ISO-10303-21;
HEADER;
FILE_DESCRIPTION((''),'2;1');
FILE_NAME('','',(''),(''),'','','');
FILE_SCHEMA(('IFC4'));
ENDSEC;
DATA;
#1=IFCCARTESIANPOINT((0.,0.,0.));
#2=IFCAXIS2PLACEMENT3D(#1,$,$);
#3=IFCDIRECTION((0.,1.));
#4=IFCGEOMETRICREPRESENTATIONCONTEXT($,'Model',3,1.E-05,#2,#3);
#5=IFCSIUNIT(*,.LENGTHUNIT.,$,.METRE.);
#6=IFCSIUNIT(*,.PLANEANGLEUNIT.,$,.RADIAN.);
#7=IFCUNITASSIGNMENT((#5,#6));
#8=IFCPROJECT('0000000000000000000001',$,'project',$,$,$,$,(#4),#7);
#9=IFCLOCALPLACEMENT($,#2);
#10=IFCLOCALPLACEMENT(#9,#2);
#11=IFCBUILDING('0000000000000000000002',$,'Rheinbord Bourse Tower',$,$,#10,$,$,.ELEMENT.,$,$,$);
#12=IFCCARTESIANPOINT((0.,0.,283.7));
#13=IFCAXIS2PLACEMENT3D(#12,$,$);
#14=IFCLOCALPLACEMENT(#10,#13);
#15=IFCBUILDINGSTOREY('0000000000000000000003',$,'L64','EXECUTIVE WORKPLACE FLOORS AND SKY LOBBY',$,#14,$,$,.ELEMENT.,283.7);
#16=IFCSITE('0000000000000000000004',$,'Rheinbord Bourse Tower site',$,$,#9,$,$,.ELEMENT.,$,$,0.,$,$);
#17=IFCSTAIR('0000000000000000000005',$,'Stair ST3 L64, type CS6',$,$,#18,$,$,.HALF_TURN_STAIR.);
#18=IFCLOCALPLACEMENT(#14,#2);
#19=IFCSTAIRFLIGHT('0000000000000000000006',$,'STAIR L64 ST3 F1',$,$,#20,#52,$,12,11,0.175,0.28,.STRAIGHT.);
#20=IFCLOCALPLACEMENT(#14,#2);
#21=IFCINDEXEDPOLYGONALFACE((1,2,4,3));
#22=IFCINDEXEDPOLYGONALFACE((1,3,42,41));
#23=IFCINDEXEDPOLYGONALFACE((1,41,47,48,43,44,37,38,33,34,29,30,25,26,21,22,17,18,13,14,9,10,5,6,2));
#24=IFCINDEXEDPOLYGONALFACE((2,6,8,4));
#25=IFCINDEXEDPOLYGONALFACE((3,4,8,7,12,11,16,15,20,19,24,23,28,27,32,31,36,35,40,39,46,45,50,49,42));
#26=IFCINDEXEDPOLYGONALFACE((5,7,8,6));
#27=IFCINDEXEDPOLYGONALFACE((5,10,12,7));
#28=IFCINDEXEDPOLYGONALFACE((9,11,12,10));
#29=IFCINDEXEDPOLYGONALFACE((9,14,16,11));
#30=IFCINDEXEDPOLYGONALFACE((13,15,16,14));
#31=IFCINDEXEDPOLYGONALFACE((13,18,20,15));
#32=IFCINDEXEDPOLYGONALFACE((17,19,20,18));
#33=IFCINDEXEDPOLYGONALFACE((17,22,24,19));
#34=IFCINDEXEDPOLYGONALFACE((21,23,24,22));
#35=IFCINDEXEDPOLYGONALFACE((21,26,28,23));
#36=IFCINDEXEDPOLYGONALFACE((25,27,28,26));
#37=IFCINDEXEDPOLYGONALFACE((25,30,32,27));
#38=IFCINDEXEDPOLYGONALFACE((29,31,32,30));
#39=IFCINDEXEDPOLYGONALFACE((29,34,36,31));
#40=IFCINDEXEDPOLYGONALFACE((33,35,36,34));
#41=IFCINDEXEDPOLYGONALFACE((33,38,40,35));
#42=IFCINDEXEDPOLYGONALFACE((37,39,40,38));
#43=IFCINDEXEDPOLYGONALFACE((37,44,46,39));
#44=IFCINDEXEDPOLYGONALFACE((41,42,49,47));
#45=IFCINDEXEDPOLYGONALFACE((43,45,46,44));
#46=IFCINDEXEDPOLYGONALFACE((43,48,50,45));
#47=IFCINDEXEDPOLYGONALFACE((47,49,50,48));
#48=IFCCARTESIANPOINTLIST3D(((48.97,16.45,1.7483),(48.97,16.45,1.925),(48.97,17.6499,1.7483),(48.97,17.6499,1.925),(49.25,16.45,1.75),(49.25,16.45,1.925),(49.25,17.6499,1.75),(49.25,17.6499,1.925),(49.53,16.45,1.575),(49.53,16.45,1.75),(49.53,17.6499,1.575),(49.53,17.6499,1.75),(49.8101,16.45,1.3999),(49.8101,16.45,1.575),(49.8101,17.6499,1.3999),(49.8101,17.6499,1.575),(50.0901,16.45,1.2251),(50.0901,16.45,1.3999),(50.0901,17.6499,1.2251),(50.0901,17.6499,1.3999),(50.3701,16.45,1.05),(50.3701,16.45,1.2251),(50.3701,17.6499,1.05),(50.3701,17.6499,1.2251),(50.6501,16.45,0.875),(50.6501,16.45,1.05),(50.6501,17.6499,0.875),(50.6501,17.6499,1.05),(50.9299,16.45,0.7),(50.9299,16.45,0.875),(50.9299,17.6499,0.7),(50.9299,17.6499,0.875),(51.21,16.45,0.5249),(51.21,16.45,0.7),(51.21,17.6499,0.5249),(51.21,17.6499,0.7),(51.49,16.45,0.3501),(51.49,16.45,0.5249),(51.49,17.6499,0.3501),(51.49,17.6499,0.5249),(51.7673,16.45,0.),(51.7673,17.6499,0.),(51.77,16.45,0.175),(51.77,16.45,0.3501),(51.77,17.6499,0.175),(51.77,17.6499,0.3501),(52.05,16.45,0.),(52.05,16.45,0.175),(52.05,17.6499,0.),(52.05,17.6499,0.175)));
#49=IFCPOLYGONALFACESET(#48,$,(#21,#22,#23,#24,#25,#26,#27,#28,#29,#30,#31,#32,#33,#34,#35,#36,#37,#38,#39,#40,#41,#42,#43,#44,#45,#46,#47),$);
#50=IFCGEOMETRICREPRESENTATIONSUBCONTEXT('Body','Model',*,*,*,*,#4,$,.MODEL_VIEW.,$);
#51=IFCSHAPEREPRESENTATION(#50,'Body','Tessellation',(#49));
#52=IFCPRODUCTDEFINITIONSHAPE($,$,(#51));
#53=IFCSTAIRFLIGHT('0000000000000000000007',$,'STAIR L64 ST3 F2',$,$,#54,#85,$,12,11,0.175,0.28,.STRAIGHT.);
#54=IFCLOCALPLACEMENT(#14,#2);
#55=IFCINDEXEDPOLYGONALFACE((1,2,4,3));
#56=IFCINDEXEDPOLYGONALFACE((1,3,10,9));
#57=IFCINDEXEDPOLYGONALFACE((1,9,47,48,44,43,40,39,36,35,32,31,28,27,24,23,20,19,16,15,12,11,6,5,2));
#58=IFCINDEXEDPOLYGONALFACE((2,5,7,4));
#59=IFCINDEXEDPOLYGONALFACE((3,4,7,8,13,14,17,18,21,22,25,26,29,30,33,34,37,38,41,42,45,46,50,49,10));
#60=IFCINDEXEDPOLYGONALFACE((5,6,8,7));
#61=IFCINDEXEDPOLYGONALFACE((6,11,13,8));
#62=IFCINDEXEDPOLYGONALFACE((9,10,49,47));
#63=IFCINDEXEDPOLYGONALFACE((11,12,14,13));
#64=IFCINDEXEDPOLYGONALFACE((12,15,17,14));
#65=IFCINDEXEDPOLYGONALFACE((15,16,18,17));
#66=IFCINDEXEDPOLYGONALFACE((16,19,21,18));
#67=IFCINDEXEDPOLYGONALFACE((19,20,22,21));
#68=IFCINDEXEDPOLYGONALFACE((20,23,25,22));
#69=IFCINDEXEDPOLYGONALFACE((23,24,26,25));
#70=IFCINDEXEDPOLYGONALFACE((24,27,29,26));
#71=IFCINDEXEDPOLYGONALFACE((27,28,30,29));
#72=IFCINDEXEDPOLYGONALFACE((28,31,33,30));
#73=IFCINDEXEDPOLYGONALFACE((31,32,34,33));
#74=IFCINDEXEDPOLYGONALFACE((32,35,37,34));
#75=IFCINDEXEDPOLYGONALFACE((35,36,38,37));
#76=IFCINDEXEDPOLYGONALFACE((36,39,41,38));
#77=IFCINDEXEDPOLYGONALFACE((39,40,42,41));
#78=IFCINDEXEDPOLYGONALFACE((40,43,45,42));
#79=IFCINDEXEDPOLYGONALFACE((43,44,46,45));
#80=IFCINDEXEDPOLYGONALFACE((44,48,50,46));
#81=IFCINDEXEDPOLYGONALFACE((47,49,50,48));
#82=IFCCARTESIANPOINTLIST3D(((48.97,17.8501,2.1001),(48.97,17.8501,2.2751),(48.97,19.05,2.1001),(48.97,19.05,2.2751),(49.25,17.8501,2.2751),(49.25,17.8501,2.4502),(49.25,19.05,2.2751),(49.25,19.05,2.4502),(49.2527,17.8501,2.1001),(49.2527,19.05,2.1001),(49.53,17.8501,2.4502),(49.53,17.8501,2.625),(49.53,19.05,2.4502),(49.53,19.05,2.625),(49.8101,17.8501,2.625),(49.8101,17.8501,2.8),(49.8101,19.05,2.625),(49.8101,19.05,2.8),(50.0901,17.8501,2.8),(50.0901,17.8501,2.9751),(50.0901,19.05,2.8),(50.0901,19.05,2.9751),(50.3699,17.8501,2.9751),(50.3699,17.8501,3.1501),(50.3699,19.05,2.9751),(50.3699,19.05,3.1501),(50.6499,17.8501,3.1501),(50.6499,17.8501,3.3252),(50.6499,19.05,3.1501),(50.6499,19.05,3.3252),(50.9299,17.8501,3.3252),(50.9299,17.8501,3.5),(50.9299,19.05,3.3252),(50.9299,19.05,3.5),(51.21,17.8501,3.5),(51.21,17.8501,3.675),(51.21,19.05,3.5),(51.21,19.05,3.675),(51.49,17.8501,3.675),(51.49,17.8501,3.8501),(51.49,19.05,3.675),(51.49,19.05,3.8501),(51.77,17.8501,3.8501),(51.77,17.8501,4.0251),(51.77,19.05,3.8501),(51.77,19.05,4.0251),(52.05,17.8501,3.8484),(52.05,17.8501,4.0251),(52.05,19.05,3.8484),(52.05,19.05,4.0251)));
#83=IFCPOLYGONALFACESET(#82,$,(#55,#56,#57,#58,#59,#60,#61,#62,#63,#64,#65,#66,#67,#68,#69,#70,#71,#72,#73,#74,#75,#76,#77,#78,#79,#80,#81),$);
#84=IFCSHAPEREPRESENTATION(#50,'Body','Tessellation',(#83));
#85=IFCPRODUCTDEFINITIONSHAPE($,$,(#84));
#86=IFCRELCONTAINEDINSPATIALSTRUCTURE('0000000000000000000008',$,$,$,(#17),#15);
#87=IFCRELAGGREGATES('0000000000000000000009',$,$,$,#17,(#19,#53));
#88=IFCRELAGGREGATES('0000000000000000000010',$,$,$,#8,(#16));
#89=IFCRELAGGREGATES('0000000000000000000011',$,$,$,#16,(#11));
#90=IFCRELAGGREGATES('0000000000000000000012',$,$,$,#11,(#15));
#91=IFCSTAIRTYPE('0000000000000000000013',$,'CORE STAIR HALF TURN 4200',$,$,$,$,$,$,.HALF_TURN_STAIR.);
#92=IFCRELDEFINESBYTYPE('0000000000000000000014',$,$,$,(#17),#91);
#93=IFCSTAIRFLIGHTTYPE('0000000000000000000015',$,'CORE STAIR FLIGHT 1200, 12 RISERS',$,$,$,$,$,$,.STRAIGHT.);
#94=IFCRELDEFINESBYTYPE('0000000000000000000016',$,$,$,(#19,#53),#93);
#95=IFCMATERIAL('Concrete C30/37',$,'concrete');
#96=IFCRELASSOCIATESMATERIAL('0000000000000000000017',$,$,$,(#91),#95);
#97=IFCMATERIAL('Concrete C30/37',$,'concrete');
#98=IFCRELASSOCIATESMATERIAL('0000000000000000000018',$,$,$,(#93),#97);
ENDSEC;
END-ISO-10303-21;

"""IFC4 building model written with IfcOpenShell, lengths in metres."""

from ifc_helpers import new_model, si_unit, direction, frame, origin, place, context, subcontext, project, spatial, polyline, outline, extrude, material, type_object, element, aggregate, save


model = new_model("IFC4")

# Units and contexts
model_context = context("Model", 3, precision=1e-05, world=origin(), true_north=direction((0.0, 1.0)))
body_context = subcontext(model_context, "Body", "Model", "MODEL_VIEW")
ifc_project = project(units=[si_unit("LENGTHUNIT", "METRE"), si_unit("PLANEANGLEUNIT", "RADIAN")], contexts=[model_context])

# Site, building, storey
site_placement = place(None, origin())
site = spatial("IfcSite", under=ifc_project, at=site_placement, Name="Rheinbord Bourse Tower site", CompositionType="ELEMENT", RefElevation=0.0)
building_placement = place(site_placement, origin())
building = spatial("IfcBuilding", under=site, at=building_placement, Name="Rheinbord Bourse Tower", CompositionType="ELEMENT")
storey_placement = place(building_placement, frame((0.0, 0.0, 283.7)))
storey = spatial("IfcBuildingStorey", under=building, at=storey_placement, Name="L64", Description="EXECUTIVE WORKPLACE FLOORS AND SKY LOBBY", CompositionType="ELEMENT", Elevation=283.7)

# Stair, stair flights
ifc_material_1 = material(Name="Concrete C30/37", Category="concrete")
stair_type = type_object("IfcStairType", Name="CORE STAIR HALF TURN 4200", PredefinedType="HALF_TURN_STAIR", material=ifc_material_1)
stair_placement = place(storey_placement, origin())
stair = element("IfcStair", 1, at=stair_placement, inside=storey, type_object=stair_type, Name="Stair ST3 L64, type CS6", PredefinedType="HALF_TURN_STAIR")
ifc_material_2 = material(Name="Concrete C30/37", Category="concrete")
stair_flight_type = type_object("IfcStairFlightType", Name="CORE STAIR FLIGHT 1200, 12 RISERS", PredefinedType="STRAIGHT", material=ifc_material_2)
stair_flight_1_placement = place(storey_placement, frame((52.05, 17.05, 0.0), z_axis=(0.0, 0.0, 1.0), x_axis=(-1.0, 0.0, 0.0)))
stair_flight_1 = element("IfcStairFlight", 2, at=stair_flight_1_placement, type_object=stair_flight_type, Name="STAIR L64 ST3 F1", NumberOfRisers=12, NumberOfTreads=11, PredefinedType="STRAIGHT", RiserHeight=0.175, TreadLength=0.28, context=body_context, shape_type="SweptSolid", body=[
    extrude(outline(polyline([(0.0, 0.0), (0.0, 0.175), (0.28, 0.175), (0.28, 0.3501), (0.5601, 0.3501), (0.5601, 0.5249), (0.8401, 0.5249), (0.8401, 0.7), (1.1201, 0.7), (1.1201, 0.875), (1.3999, 0.875), (1.3999, 1.05), (1.6799, 1.05), (1.6799, 1.2251), (1.96, 1.2251), (1.96, 1.3999), (2.24, 1.3999), (2.24, 1.575), (2.52, 1.575), (2.52, 1.75), (2.8, 1.75), (2.8, 1.925), (3.0801, 1.925), (3.0801, 2.1001), (3.0801, 1.7483), (0.2827, 0.0), (0.0, 0.0)])), frame((0.0, 0.6001, 0.0), z_axis=(0.0, -1.0, 0.0), x_axis=(1.0, 0.0, 0.0)), (0.0, 0.0, 1.0), 1.2),
])
stair_flight_2_placement = place(storey_placement, frame((48.97, 18.45, 2.1001), z_axis=(0.0, 0.0, 1.0), x_axis=(1.0, 0.0, 0.0)))
stair_flight_2 = element("IfcStairFlight", 3, at=stair_flight_2_placement, type_object=stair_flight_type, Name="STAIR L64 ST3 F2", NumberOfRisers=12, NumberOfTreads=11, PredefinedType="STRAIGHT", RiserHeight=0.175, TreadLength=0.28, context=body_context, shape_type="SweptSolid", body=[
    extrude(outline(polyline([(0.0, 0.0), (0.0, 0.175), (0.28, 0.175), (0.28, 0.3501), (0.5601, 0.3501), (0.5601, 0.5249), (0.8401, 0.5249), (0.8401, 0.7), (1.1201, 0.7), (1.1201, 0.875), (1.3999, 0.875), (1.3999, 1.05), (1.6799, 1.05), (1.6799, 1.2251), (1.96, 1.2251), (1.96, 1.3999), (2.24, 1.3999), (2.24, 1.575), (2.52, 1.575), (2.52, 1.75), (2.8, 1.75), (2.8, 1.925), (3.0801, 1.925), (3.0801, 2.1001), (3.0801, 1.7483), (0.2827, 0.0), (0.0, 0.0)])), frame((0.0, 0.6001, 0.0), z_axis=(0.0, -1.0, 0.0), x_axis=(1.0, 0.0, 0.0)), (0.0, 0.0, 1.0), 1.2),
])
aggregate(stair, [stair_flight_1, stair_flight_2])

save(model, "model.ifc")
